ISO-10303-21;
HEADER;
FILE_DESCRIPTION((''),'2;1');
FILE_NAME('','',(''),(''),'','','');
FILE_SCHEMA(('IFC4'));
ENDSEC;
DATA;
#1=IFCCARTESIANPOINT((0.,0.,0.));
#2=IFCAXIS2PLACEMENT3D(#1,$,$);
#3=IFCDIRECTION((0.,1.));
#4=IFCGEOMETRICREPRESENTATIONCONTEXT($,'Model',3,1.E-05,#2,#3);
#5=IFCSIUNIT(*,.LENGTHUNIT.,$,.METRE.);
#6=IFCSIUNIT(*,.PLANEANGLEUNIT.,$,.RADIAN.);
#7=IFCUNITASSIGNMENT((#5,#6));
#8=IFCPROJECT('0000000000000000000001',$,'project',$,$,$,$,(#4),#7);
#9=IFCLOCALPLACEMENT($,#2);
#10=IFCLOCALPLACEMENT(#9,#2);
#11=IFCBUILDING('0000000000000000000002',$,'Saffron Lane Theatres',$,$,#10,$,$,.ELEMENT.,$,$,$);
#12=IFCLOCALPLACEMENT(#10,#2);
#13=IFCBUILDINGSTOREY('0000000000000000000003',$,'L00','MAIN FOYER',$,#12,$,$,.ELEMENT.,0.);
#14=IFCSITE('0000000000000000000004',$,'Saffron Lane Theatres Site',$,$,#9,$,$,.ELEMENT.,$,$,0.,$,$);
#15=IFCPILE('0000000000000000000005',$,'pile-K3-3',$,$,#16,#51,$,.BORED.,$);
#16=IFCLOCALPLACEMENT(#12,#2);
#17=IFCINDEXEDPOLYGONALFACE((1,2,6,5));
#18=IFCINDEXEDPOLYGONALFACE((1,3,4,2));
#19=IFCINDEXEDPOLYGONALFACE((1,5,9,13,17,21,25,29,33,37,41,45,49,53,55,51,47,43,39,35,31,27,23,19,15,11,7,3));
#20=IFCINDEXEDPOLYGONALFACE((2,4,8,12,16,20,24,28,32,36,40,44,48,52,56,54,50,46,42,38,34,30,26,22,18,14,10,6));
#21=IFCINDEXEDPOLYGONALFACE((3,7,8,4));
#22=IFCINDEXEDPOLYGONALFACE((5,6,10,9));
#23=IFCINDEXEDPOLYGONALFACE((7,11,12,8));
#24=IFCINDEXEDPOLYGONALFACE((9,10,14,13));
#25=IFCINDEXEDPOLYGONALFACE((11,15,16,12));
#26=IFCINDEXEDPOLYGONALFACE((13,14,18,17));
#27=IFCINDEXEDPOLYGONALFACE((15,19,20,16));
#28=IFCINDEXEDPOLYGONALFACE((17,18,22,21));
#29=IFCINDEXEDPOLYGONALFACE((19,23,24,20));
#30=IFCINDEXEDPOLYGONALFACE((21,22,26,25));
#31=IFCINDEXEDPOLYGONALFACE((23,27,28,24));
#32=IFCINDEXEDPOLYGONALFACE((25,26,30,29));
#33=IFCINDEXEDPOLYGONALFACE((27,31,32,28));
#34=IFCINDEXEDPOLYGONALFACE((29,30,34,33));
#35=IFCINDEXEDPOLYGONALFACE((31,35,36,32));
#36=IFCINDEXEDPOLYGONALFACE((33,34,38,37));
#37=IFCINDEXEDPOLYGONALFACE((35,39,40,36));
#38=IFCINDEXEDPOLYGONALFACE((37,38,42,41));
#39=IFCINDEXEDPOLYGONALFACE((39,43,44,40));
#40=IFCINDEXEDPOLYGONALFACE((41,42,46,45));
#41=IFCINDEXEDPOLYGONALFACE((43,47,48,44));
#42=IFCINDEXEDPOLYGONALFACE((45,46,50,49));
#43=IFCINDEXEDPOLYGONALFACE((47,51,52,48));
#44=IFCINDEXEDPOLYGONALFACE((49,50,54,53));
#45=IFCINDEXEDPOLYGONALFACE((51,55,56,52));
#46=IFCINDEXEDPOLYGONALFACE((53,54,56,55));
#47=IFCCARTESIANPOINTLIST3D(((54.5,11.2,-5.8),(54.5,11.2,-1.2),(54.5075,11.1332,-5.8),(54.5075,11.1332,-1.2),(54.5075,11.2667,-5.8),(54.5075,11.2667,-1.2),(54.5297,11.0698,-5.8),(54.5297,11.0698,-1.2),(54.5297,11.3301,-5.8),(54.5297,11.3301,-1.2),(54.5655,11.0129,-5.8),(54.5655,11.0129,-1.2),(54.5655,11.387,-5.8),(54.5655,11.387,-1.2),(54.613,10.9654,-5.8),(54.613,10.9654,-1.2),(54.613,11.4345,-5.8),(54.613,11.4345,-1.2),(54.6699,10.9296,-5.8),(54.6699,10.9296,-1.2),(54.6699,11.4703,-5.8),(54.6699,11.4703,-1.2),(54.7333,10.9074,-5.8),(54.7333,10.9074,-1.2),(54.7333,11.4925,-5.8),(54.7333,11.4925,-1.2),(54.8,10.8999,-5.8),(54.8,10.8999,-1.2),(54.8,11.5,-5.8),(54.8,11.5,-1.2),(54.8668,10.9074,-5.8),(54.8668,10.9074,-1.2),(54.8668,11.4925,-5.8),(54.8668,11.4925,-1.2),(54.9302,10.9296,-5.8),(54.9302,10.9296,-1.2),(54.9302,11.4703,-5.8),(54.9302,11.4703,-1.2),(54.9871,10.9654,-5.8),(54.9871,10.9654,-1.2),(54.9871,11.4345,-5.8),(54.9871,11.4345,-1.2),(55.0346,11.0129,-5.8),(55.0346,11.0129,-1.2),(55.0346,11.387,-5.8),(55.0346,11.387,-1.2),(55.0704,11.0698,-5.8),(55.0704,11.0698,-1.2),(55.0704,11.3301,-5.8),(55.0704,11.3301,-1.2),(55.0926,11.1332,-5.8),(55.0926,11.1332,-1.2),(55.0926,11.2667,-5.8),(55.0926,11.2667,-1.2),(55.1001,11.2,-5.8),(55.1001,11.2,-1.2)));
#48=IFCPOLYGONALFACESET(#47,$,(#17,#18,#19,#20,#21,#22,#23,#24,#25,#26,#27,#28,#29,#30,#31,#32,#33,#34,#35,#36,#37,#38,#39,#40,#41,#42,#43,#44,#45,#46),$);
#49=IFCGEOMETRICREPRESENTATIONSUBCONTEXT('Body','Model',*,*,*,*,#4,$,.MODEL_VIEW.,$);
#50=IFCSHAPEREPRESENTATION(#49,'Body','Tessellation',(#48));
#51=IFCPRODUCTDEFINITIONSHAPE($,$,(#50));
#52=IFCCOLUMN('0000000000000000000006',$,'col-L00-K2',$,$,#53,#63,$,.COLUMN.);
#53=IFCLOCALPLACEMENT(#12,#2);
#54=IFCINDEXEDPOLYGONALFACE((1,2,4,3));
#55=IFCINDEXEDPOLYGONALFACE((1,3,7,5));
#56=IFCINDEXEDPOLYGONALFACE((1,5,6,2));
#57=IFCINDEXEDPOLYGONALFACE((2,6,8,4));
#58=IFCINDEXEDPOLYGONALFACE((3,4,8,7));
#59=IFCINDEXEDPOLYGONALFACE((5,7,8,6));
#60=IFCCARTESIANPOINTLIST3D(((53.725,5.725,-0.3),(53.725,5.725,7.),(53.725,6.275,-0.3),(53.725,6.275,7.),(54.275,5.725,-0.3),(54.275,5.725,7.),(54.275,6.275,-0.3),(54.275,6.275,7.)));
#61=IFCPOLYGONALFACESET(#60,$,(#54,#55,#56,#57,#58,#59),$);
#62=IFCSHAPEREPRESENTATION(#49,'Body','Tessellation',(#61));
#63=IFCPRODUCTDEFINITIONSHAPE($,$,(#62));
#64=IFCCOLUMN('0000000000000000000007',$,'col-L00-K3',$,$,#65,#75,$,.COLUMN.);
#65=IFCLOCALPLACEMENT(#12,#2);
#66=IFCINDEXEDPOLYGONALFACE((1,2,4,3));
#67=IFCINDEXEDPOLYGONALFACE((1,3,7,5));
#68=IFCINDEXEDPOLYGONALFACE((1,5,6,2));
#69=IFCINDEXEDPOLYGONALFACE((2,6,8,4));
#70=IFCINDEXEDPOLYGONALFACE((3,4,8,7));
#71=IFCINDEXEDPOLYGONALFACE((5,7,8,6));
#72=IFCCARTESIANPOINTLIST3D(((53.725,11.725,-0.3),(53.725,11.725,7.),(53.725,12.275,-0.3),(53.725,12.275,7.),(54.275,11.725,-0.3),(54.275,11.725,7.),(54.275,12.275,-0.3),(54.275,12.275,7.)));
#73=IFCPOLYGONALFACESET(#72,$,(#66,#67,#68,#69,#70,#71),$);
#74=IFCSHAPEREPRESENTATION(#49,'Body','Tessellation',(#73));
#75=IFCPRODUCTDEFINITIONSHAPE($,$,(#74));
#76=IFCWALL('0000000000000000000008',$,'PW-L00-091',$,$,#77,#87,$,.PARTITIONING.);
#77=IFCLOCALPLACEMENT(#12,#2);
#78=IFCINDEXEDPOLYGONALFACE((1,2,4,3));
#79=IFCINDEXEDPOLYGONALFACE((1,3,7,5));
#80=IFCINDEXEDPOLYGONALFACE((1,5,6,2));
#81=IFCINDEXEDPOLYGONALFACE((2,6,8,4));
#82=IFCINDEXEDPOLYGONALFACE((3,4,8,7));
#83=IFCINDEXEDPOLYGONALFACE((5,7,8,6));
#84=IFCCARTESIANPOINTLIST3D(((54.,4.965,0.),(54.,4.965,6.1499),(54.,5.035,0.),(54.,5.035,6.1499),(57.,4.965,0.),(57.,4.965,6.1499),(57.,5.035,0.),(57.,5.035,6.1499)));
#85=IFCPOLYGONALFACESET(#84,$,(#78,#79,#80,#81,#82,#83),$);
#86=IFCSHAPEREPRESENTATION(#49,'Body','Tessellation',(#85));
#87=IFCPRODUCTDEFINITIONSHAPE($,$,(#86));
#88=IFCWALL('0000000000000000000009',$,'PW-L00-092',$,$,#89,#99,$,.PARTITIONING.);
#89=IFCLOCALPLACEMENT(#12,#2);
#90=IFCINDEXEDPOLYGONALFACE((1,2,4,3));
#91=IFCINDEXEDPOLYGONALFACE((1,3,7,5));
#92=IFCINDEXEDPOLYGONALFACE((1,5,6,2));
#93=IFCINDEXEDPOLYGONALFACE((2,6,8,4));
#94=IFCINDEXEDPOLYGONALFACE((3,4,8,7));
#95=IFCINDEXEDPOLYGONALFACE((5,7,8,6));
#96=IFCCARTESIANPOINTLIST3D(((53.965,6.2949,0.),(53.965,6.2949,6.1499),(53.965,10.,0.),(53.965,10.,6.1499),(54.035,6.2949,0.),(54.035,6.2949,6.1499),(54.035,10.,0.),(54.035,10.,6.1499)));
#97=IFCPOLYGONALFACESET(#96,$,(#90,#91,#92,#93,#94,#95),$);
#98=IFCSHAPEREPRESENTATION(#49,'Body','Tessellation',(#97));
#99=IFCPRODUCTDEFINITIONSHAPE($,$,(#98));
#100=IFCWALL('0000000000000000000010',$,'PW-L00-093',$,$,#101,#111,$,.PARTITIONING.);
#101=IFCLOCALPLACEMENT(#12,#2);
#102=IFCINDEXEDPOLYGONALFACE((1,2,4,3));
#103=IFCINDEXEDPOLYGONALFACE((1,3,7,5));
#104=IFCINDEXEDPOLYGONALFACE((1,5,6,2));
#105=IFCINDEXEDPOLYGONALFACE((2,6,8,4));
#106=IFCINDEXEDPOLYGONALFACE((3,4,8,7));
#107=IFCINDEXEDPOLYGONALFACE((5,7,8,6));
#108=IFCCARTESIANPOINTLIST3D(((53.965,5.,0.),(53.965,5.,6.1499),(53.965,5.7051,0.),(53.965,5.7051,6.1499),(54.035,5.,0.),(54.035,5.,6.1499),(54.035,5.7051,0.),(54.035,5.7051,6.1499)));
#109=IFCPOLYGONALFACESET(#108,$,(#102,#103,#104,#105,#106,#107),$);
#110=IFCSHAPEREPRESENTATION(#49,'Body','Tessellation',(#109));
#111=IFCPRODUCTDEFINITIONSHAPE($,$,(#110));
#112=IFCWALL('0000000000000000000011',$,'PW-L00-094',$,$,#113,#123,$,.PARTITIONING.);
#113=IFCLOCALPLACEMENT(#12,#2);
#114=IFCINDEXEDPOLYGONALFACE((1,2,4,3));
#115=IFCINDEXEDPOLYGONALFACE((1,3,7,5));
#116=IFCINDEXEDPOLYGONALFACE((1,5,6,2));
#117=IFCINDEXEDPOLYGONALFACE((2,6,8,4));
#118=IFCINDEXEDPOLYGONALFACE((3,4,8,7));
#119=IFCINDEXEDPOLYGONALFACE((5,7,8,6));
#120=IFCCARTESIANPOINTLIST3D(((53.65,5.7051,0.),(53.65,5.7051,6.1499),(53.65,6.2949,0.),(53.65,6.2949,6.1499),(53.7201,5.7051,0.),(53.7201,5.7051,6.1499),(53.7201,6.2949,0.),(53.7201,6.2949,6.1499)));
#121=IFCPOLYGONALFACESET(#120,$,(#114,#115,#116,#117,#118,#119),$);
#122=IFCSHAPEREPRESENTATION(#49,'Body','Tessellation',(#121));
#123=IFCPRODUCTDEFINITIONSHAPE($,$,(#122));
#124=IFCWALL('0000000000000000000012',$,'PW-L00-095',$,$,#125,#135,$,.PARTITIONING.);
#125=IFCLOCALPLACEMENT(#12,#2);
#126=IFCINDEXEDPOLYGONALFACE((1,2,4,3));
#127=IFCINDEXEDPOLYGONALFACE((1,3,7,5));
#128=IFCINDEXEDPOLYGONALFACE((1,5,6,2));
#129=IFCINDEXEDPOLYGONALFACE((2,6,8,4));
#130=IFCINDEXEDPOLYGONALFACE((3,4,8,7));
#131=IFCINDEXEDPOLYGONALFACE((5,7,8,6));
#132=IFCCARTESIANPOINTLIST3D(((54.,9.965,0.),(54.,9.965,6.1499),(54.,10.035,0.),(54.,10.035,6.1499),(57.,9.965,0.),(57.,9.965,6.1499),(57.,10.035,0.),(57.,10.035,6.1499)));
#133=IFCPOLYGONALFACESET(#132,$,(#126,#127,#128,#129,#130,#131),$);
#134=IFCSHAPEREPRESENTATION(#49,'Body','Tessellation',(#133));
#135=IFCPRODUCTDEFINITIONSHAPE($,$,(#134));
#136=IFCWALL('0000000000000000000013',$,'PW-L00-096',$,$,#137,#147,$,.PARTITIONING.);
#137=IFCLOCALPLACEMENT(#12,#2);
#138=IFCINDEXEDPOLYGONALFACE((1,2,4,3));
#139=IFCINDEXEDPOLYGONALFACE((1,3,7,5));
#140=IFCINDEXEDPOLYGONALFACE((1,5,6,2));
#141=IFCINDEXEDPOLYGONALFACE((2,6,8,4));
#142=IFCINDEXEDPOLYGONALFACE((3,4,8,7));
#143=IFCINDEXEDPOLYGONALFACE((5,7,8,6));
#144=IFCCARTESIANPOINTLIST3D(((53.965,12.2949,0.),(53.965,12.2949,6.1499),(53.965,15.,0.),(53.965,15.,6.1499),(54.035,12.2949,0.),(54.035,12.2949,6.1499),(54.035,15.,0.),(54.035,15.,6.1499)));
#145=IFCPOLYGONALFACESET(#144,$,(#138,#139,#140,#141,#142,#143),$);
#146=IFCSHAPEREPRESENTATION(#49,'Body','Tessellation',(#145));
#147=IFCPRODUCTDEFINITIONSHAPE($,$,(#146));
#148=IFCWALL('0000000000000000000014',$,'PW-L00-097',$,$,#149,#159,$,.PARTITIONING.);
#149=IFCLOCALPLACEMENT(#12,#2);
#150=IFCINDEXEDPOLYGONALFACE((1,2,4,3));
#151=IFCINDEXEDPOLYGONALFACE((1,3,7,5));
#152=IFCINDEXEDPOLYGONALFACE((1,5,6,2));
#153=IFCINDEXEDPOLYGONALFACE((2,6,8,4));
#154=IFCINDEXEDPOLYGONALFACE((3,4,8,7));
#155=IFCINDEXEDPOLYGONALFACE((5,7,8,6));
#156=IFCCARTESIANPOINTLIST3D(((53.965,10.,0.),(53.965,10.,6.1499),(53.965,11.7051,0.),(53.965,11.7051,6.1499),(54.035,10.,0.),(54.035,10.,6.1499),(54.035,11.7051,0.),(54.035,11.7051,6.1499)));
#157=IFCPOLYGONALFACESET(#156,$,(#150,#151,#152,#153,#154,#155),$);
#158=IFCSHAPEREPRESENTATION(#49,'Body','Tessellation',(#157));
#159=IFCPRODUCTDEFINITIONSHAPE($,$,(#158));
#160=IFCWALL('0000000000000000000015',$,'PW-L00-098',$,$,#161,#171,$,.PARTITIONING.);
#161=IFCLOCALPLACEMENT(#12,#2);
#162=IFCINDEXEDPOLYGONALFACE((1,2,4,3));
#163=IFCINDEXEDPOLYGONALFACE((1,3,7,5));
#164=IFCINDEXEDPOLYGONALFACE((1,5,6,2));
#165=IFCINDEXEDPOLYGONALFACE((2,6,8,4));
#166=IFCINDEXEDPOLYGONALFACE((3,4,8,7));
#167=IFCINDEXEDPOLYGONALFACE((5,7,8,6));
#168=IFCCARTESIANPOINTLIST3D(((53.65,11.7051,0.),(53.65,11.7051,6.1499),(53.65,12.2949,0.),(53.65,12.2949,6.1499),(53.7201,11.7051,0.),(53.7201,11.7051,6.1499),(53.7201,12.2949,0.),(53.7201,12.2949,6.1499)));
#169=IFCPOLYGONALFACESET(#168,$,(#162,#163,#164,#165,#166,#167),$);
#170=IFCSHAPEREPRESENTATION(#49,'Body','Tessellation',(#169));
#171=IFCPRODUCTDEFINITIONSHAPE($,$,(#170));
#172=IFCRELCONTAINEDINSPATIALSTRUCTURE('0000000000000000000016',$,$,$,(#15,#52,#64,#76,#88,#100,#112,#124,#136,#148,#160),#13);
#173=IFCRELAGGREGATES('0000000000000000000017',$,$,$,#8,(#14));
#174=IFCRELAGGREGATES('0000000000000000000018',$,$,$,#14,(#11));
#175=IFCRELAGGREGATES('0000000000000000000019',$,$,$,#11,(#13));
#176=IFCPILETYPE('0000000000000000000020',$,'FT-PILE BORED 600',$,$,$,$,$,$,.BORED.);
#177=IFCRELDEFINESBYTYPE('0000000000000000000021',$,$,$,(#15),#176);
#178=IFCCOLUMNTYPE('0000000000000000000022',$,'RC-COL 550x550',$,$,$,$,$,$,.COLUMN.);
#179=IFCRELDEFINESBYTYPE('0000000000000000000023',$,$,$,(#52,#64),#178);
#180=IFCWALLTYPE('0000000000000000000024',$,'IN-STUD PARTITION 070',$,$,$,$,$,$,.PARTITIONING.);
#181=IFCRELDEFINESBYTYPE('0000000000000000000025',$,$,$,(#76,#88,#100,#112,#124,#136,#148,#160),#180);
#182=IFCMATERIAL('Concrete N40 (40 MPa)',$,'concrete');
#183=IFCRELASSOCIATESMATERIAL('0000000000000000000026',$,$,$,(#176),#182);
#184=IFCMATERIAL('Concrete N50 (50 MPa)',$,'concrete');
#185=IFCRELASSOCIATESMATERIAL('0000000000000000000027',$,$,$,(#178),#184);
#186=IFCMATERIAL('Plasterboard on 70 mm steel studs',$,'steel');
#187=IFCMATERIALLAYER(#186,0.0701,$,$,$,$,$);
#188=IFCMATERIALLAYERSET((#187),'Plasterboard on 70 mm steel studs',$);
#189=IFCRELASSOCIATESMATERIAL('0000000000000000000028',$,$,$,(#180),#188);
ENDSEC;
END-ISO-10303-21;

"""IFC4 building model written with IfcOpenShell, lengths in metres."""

from ifc_helpers import new_model, si_unit, direction, frame, frame_2d, origin, origin_2d, place, context, subcontext, project, spatial, rectangle, circle, extrude, material, layer, layer_set, material_profile, profile_set, type_object, element, save


model = new_model("IFC4")

# Units and contexts
model_context = context("Model", 3, precision=1e-05, world=origin(), true_north=direction((0.0, 1.0)))
body_context = subcontext(model_context, "Body", "Model", "MODEL_VIEW")
ifc_project = project(units=[si_unit("LENGTHUNIT", "METRE"), si_unit("PLANEANGLEUNIT", "RADIAN")], contexts=[model_context])

# Site, building, storey
site_placement = place(None, origin())
site = spatial("IfcSite", under=ifc_project, at=site_placement, Name="Saffron Lane Theatres Site", CompositionType="ELEMENT", RefElevation=0.0)
building_placement = place(site_placement, origin())
building = spatial("IfcBuilding", under=site, at=building_placement, Name="Saffron Lane Theatres", CompositionType="ELEMENT")
storey_placement = place(building_placement, origin())
storey = spatial("IfcBuildingStorey", under=building, at=storey_placement, Name="L00", Description="MAIN FOYER", CompositionType="ELEMENT", Elevation=0.0)

# Pile
ifc_material_1 = material(Name="Concrete N40 (40 MPa)", Category="concrete")
ifc_material_profile_1 = material_profile(ifc_material_1, circle(Radius=0.3, at=origin_2d()))
ifc_profile_set_1 = profile_set([ifc_material_profile_1], Name="Concrete N40 (40 MPa)")
pile_type = type_object("IfcPileType", Name="FT-PILE BORED 600", PredefinedType="BORED", material=ifc_profile_set_1)
for number, where, z_axis, x_axis, name in (
    (1, (54.8, 11.2, -1.2), (0.0, 0.0, -1.0), (1.0, 0.0, 0.0), "pile-K3-3"),
):
    element("IfcPile", number, at=place(storey_placement, frame(where, z_axis=z_axis, x_axis=x_axis)), inside=storey, type_object=pile_type, Name=name, PredefinedType="BORED", context=body_context, shape_type="SweptSolid", body=[
        extrude(circle(Radius=0.3, at=origin_2d()), origin(), (0.0, 0.0, 1.0), 4.6001),
    ])

# Columns
ifc_material_2 = material(Name="Concrete N50 (50 MPa)", Category="concrete")
ifc_material_profile_2 = material_profile(ifc_material_2, rectangle(XDim=0.55, YDim=0.55, at=origin_2d()))
ifc_profile_set_2 = profile_set([ifc_material_profile_2], Name="Concrete N50 (50 MPa)")
column_type = type_object("IfcColumnType", Name="RC-COL 550x550", PredefinedType="COLUMN", material=ifc_profile_set_2)
for number, where, z_axis, x_axis, name in (
    (2, (54.0, 6.0, -0.3), (0.0, 0.0, 1.0), (1.0, 0.0, 0.0), "col-L00-K2"),
    (3, (54.0, 12.0, -0.3), (0.0, 0.0, 1.0), (1.0, 0.0, 0.0), "col-L00-K3"),
):
    element("IfcColumn", number, at=place(storey_placement, frame(where, z_axis=z_axis, x_axis=x_axis)), inside=storey, type_object=column_type, Name=name, PredefinedType="COLUMN", context=body_context, shape_type="SweptSolid", body=[
        extrude(rectangle(XDim=0.55, YDim=0.55, at=origin_2d()), origin(), (0.0, 0.0, 1.0), 7.3),
    ])

# Walls
ifc_material_3 = material(Name="Plasterboard on 70 mm steel studs", Category="steel")
ifc_layer = layer(ifc_material_3, 0.0701)
ifc_layer_set = layer_set([ifc_layer], Name="Plasterboard on 70 mm steel studs")
wall_type = type_object("IfcWallType", Name="IN-STUD PARTITION 070", PredefinedType="PARTITIONING", material=ifc_layer_set)
wall_1_placement = place(storey_placement, frame((54.0, 5.0, 0.0), z_axis=(0.0, 0.0, 1.0), x_axis=(1.0, 0.0, 0.0)))
element("IfcWall", 4, at=wall_1_placement, inside=storey, type_object=wall_type, Name="PW-L00-091", PredefinedType="PARTITIONING", context=body_context, shape_type="SweptSolid", body=[
    extrude(rectangle(XDim=3.0, YDim=0.0701, at=frame_2d((1.5, 0.0))), origin(), (0.0, 0.0, 1.0), 6.1499),
])
wall_2_placement = place(storey_placement, frame((54.0, 6.2949, 0.0), z_axis=(0.0, 0.0, 1.0), x_axis=(0.0, 1.0, 0.0)))
element("IfcWall", 5, at=wall_2_placement, inside=storey, type_object=wall_type, Name="PW-L00-092", PredefinedType="PARTITIONING", context=body_context, shape_type="SweptSolid", body=[
    extrude(rectangle(XDim=3.7051, YDim=0.0701, at=frame_2d((1.8525, 0.0))), origin(), (0.0, 0.0, 1.0), 6.1499),
])
wall_3_placement = place(storey_placement, frame((54.0, 5.0, 0.0), z_axis=(0.0, 0.0, 1.0), x_axis=(0.0, 1.0, 0.0)))
element("IfcWall", 6, at=wall_3_placement, inside=storey, type_object=wall_type, Name="PW-L00-093", PredefinedType="PARTITIONING", context=body_context, shape_type="SweptSolid", body=[
    extrude(rectangle(XDim=0.7051, YDim=0.0701, at=frame_2d((0.3525, 0.0))), origin(), (0.0, 0.0, 1.0), 6.1499),
])
wall_4_placement = place(storey_placement, frame((53.6851, 5.7051, 0.0), z_axis=(0.0, 0.0, 1.0), x_axis=(0.0, 1.0, 0.0)))
element("IfcWall", 7, at=wall_4_placement, inside=storey, type_object=wall_type, Name="PW-L00-094", PredefinedType="PARTITIONING", context=body_context, shape_type="SweptSolid", body=[
    extrude(rectangle(XDim=0.5898, YDim=0.0701, at=frame_2d((0.2949, 0.0))), origin(), (0.0, 0.0, 1.0), 6.1499),
])
wall_5_placement = place(storey_placement, frame((54.0, 10.0, 0.0), z_axis=(0.0, 0.0, 1.0), x_axis=(1.0, 0.0, 0.0)))
element("IfcWall", 8, at=wall_5_placement, inside=storey, type_object=wall_type, Name="PW-L00-095", PredefinedType="PARTITIONING", context=body_context, shape_type="SweptSolid", body=[
    extrude(rectangle(XDim=3.0, YDim=0.0701, at=frame_2d((1.5, 0.0))), origin(), (0.0, 0.0, 1.0), 6.1499),
])
wall_6_placement = place(storey_placement, frame((54.0, 12.2949, 0.0), z_axis=(0.0, 0.0, 1.0), x_axis=(0.0, 1.0, 0.0)))
element("IfcWall", 9, at=wall_6_placement, inside=storey, type_object=wall_type, Name="PW-L00-096", PredefinedType="PARTITIONING", context=body_context, shape_type="SweptSolid", body=[
    extrude(rectangle(XDim=2.7051, YDim=0.0701, at=frame_2d((1.3525, 0.0))), origin(), (0.0, 0.0, 1.0), 6.1499),
])
wall_7_placement = place(storey_placement, frame((54.0, 10.0, 0.0), z_axis=(0.0, 0.0, 1.0), x_axis=(0.0, 1.0, 0.0)))
element("IfcWall", 10, at=wall_7_placement, inside=storey, type_object=wall_type, Name="PW-L00-097", PredefinedType="PARTITIONING", context=body_context, shape_type="SweptSolid", body=[
    extrude(rectangle(XDim=1.7051, YDim=0.0701, at=frame_2d((0.8525, 0.0))), origin(), (0.0, 0.0, 1.0), 6.1499),
])
wall_8_placement = place(storey_placement, frame((53.6851, 11.7051, 0.0), z_axis=(0.0, 0.0, 1.0), x_axis=(0.0, 1.0, 0.0)))
element("IfcWall", 11, at=wall_8_placement, inside=storey, type_object=wall_type, Name="PW-L00-098", PredefinedType="PARTITIONING", context=body_context, shape_type="SweptSolid", body=[
    extrude(rectangle(XDim=0.5898, YDim=0.0701, at=frame_2d((0.2949, 0.0))), origin(), (0.0, 0.0, 1.0), 6.1499),
])

save(model, "model.ifc")
